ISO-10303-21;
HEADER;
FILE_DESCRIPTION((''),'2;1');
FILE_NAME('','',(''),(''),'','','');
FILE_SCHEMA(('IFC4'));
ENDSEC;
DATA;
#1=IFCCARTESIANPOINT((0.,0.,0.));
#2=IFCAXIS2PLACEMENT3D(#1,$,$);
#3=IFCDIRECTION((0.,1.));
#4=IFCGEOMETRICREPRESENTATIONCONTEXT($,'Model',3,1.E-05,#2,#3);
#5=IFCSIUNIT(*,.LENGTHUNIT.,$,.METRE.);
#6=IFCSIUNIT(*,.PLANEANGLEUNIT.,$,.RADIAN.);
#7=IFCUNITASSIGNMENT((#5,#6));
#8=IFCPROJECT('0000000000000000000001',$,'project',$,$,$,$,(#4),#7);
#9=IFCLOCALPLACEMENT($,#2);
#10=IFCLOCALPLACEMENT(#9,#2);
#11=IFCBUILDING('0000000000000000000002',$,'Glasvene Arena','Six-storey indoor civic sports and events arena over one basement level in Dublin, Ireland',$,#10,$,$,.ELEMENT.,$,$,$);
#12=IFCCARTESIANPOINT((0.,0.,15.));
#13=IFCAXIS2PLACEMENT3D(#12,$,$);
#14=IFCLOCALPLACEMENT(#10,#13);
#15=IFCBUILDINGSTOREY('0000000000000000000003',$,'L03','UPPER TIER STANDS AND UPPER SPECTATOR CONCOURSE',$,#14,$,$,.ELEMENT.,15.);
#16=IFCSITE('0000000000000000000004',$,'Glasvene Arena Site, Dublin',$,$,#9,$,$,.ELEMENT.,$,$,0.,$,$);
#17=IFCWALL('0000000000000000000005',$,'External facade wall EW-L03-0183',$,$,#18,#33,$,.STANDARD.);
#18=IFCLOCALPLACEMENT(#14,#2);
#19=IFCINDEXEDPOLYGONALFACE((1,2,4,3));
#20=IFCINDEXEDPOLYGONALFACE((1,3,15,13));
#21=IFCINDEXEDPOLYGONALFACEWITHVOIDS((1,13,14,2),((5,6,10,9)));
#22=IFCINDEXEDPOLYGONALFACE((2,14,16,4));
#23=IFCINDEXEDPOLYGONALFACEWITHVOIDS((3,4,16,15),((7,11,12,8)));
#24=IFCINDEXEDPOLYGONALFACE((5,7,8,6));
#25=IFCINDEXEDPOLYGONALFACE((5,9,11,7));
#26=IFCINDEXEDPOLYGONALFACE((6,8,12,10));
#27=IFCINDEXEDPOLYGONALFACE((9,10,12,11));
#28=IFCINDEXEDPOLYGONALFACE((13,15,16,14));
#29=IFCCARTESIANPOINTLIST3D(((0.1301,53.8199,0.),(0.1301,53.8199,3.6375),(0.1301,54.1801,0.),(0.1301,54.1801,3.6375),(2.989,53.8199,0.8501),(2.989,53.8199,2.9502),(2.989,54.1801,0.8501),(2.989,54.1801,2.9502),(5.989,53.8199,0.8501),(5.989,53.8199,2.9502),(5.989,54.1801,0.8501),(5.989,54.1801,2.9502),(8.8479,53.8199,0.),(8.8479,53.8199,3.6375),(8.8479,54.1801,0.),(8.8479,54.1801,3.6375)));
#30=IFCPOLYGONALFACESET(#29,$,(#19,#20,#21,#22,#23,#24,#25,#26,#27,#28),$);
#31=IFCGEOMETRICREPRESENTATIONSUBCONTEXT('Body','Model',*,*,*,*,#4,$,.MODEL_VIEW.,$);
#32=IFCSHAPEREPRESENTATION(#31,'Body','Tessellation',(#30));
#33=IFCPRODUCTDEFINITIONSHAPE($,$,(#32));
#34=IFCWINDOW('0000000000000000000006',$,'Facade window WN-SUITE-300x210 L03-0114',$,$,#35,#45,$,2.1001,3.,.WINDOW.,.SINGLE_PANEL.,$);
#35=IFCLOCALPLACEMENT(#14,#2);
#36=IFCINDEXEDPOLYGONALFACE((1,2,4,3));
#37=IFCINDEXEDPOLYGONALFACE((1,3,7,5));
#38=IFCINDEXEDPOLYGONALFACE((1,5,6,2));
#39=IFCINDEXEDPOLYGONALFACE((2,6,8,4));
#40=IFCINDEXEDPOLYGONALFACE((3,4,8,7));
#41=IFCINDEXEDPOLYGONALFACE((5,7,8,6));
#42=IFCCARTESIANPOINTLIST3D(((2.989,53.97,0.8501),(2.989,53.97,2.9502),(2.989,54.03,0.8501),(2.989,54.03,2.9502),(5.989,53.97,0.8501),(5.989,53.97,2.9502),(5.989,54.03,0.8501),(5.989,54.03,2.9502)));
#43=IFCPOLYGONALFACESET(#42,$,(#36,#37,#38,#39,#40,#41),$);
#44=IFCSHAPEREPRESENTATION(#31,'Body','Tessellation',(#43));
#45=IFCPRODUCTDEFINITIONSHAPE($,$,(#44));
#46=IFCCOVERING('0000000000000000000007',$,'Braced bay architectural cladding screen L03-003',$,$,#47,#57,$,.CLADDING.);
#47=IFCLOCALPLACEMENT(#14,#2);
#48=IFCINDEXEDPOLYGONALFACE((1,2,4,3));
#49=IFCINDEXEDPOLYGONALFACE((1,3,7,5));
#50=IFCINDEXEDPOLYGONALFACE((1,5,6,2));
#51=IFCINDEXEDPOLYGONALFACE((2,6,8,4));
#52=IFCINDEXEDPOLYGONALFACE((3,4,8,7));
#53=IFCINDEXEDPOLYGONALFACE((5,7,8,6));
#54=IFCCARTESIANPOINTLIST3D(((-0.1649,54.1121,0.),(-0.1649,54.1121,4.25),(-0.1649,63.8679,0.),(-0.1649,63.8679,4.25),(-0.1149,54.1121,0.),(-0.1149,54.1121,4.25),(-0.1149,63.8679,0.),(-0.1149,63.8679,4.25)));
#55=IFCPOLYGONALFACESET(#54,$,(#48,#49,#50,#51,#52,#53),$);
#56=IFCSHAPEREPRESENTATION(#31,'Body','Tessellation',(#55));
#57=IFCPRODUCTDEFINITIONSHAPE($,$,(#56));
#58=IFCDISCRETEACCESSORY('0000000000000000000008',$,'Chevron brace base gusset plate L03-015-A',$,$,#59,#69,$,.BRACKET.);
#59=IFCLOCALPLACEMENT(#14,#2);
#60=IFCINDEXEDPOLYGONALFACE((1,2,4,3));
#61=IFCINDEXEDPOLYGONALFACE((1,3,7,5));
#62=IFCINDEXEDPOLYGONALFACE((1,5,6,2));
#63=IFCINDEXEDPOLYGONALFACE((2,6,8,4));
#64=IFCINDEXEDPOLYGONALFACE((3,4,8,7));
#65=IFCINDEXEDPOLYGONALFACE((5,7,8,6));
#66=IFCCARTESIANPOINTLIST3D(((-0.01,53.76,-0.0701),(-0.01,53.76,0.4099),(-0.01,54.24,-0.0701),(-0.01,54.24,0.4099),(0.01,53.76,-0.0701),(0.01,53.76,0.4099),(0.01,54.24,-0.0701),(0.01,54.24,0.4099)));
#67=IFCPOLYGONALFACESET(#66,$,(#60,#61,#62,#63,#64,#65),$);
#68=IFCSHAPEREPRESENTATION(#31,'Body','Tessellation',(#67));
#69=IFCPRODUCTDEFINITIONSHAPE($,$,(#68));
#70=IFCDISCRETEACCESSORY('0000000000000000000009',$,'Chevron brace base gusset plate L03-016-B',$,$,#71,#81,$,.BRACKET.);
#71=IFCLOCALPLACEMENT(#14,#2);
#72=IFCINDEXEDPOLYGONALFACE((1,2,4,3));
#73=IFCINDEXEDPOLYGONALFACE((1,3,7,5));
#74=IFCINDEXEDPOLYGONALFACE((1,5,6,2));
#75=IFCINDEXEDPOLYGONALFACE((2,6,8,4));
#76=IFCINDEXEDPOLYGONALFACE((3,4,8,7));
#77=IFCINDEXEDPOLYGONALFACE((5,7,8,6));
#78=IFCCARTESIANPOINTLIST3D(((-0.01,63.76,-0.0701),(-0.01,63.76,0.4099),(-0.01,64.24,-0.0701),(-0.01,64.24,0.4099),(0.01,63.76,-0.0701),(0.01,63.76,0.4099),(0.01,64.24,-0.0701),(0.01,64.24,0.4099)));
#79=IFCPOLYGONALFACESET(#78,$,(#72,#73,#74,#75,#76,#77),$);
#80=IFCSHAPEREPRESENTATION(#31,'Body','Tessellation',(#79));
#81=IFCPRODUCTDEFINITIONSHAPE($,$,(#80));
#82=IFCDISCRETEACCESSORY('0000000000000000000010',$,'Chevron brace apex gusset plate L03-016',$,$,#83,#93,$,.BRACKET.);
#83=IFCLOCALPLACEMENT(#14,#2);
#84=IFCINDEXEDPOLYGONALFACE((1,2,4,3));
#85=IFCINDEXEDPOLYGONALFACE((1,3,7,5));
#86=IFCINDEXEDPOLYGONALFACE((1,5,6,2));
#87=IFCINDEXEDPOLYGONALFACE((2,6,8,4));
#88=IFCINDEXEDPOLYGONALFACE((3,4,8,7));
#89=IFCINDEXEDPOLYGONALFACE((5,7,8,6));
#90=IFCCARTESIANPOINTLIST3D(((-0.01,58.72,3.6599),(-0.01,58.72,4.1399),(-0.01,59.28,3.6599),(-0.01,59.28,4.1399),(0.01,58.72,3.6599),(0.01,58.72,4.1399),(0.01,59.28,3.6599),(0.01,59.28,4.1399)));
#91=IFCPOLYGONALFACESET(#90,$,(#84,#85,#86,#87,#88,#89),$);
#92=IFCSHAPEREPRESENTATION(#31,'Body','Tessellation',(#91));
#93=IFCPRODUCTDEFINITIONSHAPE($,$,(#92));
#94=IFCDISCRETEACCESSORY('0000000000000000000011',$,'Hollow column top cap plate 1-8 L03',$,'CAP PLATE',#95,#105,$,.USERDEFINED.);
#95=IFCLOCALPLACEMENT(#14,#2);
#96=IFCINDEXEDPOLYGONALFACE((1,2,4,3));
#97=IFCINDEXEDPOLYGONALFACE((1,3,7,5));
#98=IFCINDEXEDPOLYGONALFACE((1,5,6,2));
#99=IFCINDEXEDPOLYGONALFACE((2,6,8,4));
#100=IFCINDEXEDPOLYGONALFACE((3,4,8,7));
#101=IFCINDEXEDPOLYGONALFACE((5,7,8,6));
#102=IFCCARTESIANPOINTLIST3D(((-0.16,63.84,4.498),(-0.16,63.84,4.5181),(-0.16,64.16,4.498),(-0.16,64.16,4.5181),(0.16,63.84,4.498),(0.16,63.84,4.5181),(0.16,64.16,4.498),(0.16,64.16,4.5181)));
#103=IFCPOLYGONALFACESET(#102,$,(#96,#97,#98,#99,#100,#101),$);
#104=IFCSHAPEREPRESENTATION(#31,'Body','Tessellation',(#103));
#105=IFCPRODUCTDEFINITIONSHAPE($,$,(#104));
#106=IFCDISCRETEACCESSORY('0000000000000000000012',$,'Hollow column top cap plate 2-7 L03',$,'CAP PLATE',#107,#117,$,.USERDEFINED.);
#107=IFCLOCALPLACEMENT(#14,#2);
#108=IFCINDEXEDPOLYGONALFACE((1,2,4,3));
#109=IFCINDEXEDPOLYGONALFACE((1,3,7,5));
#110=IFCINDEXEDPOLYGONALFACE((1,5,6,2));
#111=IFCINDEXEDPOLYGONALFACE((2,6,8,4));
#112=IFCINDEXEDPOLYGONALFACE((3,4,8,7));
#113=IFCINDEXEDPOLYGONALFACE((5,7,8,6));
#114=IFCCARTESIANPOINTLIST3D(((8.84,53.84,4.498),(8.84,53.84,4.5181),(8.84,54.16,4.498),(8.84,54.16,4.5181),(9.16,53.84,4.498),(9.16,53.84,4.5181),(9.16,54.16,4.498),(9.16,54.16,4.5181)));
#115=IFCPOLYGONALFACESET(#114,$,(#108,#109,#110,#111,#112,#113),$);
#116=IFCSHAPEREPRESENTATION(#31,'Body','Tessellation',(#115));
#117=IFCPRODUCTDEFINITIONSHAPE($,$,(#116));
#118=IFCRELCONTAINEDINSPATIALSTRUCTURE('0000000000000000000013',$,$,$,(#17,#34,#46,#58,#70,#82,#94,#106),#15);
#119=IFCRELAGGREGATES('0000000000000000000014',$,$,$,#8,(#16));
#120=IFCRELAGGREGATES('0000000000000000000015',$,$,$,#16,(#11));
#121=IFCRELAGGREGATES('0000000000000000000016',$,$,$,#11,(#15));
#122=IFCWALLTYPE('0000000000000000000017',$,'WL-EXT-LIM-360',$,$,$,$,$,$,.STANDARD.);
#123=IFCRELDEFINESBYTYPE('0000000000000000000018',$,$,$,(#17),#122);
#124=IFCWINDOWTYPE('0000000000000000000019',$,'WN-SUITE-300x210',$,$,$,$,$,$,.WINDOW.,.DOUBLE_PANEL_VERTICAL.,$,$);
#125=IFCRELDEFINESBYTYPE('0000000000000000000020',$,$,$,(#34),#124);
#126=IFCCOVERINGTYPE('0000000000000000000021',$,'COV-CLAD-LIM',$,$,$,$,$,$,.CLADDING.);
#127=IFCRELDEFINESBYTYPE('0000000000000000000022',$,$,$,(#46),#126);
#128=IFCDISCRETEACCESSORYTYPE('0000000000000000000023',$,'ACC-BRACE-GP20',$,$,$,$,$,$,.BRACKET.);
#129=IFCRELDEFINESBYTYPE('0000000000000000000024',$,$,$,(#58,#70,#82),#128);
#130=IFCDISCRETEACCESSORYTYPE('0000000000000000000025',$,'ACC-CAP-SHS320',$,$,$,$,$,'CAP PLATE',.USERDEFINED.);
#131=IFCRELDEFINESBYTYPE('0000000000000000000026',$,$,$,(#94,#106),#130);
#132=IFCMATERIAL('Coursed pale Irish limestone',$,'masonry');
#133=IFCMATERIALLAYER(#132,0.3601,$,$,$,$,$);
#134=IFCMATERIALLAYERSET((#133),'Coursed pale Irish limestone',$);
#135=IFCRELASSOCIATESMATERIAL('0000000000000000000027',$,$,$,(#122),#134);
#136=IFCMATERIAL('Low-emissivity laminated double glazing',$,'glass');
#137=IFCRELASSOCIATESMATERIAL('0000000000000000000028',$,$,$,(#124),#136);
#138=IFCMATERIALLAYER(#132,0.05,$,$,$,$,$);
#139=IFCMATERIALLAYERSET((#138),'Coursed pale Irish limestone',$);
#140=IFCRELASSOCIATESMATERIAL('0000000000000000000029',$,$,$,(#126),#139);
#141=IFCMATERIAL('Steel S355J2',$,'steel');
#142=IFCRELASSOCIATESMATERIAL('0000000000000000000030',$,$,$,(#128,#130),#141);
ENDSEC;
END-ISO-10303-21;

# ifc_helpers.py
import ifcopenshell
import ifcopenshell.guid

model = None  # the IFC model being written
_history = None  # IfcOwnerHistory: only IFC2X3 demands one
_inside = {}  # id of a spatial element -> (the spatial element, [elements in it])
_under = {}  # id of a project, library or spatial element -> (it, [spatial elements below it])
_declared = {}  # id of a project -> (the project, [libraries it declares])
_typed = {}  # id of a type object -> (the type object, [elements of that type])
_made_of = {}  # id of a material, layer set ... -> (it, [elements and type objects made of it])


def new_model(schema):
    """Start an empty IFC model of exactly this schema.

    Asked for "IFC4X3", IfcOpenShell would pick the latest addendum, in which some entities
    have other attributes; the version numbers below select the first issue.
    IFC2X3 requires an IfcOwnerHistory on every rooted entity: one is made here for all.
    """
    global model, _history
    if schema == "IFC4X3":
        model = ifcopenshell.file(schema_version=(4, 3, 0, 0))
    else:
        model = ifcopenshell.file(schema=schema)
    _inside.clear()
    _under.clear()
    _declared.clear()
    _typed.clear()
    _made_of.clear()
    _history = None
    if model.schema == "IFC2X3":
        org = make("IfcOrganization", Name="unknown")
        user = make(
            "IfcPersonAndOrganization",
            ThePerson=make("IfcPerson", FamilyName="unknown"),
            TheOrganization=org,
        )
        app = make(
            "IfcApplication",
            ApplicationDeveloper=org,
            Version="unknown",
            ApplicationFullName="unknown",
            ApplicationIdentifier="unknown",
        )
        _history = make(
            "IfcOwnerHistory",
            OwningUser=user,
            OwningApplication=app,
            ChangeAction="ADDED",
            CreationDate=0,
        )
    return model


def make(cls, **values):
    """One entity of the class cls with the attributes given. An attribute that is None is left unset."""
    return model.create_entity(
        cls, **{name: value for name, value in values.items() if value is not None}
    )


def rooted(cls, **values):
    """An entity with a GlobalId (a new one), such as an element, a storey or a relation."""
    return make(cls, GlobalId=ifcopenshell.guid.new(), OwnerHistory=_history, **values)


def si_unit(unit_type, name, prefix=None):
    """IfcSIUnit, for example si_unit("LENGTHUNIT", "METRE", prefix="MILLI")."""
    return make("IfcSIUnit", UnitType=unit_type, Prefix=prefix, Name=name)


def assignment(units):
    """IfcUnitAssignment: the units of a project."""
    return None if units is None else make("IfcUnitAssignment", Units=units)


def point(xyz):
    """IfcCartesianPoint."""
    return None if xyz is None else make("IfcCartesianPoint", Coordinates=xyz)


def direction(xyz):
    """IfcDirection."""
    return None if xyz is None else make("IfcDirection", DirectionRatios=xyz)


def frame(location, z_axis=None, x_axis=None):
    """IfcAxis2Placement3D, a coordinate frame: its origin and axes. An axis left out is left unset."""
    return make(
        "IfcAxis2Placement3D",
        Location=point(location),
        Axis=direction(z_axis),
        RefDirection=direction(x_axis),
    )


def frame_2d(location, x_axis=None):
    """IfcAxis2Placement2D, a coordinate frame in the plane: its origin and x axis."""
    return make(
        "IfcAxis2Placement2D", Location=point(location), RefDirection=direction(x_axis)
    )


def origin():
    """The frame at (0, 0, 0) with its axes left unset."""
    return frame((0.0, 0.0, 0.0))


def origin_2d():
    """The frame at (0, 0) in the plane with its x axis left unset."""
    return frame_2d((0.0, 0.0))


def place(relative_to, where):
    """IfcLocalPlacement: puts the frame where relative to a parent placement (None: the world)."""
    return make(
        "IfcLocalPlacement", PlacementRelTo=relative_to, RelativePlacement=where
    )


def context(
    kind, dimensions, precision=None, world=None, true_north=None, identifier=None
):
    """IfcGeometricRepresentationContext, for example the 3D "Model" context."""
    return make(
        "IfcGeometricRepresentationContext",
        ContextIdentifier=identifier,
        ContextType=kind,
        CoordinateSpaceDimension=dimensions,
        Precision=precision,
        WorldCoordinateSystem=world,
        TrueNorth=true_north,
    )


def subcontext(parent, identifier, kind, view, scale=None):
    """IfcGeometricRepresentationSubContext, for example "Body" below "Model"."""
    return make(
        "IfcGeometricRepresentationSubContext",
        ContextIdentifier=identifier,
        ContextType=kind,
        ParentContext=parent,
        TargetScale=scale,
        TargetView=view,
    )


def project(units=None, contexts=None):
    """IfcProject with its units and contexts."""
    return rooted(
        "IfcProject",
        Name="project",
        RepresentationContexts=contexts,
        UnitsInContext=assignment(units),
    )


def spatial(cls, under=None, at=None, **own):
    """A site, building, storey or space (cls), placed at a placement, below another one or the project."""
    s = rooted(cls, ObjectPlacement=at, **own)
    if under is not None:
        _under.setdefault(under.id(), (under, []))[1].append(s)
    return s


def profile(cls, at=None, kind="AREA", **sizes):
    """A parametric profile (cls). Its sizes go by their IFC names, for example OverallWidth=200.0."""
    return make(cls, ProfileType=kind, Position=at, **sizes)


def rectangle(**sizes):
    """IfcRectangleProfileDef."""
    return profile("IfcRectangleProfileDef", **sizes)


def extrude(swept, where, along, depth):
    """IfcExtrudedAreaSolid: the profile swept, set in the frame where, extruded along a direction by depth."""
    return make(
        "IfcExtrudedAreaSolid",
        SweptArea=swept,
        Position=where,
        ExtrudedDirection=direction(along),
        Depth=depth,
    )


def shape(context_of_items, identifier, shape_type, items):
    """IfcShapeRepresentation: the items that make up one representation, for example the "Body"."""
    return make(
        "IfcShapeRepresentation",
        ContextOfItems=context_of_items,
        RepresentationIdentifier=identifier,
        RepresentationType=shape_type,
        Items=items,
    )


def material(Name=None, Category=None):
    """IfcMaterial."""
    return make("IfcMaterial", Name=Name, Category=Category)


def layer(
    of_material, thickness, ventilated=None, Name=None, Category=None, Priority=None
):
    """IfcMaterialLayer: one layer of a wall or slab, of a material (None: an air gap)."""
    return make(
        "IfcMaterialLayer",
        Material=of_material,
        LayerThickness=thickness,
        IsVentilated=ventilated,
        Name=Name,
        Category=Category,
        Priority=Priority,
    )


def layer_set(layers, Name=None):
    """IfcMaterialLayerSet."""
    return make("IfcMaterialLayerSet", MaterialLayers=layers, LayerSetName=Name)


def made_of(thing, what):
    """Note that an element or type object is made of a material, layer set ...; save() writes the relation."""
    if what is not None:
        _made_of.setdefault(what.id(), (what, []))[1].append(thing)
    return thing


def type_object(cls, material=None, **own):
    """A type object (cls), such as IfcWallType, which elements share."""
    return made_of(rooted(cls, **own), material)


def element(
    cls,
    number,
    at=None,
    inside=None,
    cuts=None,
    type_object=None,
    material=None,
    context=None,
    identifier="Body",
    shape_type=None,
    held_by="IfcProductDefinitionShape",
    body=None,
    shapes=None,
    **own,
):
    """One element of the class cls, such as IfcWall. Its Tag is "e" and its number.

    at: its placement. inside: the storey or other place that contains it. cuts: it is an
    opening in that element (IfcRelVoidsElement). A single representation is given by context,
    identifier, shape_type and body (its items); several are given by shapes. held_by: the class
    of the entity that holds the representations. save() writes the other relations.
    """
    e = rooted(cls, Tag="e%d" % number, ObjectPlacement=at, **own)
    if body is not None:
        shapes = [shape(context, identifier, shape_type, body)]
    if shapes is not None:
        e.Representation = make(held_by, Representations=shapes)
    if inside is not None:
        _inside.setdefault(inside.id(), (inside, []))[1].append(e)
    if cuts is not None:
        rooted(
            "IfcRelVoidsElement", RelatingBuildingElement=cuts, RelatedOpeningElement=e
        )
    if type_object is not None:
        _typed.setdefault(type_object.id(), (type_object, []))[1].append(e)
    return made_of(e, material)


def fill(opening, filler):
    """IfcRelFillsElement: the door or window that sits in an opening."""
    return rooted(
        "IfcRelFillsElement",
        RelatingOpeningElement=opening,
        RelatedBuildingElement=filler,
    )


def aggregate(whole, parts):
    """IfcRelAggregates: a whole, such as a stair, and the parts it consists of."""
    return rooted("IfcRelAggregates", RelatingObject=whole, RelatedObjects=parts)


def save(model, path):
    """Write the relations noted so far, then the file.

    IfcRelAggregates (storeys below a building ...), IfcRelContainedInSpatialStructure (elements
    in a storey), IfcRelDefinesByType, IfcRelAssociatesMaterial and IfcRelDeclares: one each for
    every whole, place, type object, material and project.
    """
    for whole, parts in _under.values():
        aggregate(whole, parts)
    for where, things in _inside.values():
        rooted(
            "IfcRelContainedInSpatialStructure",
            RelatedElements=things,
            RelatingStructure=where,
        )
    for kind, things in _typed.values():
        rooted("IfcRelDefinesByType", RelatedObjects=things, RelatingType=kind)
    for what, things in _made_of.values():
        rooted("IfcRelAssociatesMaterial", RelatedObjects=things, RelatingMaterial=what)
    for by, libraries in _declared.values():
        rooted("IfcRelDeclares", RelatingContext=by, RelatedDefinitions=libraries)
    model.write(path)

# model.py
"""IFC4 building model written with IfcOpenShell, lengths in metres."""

from ifc_helpers import new_model, si_unit, direction, frame, frame_2d, origin, origin_2d, place, context, subcontext, project, spatial, rectangle, extrude, material, layer, layer_set, type_object, element, fill, save


model = new_model("IFC4")

# Units and contexts
model_context = context("Model", 3, precision=1e-05, world=origin(), true_north=direction((0.0, 1.0)))
body_context = subcontext(model_context, "Body", "Model", "MODEL_VIEW")
ifc_project = project(units=[si_unit("LENGTHUNIT", "METRE"), si_unit("PLANEANGLEUNIT", "RADIAN")], contexts=[model_context])

# Site, building, storey
site_placement = place(None, origin())
site = spatial("IfcSite", under=ifc_project, at=site_placement, Name="Glasvene Arena Site, Dublin", CompositionType="ELEMENT", RefElevation=0.0)
building_placement = place(site_placement, origin())
building = spatial("IfcBuilding", under=site, at=building_placement, Name="Glasvene Arena", Description="Six-storey indoor civic sports and events arena over one basement level in Dublin, Ireland", CompositionType="ELEMENT")
storey_placement = place(building_placement, frame((0.0, 0.0, 15.0)))
storey = spatial("IfcBuildingStorey", under=building, at=storey_placement, Name="L03", Description="UPPER TIER STANDS AND UPPER SPECTATOR CONCOURSE", CompositionType="ELEMENT", Elevation=15.0)

# Shared definitions
ifc_material_1 = material(Name="Steel S355J2", Category="steel")

# Shared definitions
ifc_material_2 = material(Name="Low-emissivity laminated double glazing", Category="glass")

# Wall, opening, window
ifc_material_3 = material(Name="Coursed pale Irish limestone", Category="masonry")
ifc_layer_1 = layer(ifc_material_3, 0.3601)
ifc_layer_set_1 = layer_set([ifc_layer_1], Name="Coursed pale Irish limestone")
wall_type = type_object("IfcWallType", Name="WL-EXT-LIM-360", PredefinedType="STANDARD", material=ifc_layer_set_1)
wall_placement = place(storey_placement, frame((8.8479, 54.0, 0.0), z_axis=(0.0, 0.0, 1.0), x_axis=(-1.0, 0.0, 0.0)))
wall = element("IfcWall", 1, at=wall_placement, inside=storey, type_object=wall_type, Name="External facade wall EW-L03-0183", PredefinedType="STANDARD", context=body_context, shape_type="SweptSolid", body=[
    extrude(rectangle(XDim=8.7178, YDim=0.3601, at=frame_2d((4.3589, 0.0))), origin(), (0.0, 0.0, 1.0), 3.6375),
])
opening_placement = place(wall_placement, frame((2.8589, 0.0, 0.8501)))
opening = element("IfcOpeningElement", 2, at=opening_placement, cuts=wall, PredefinedType="OPENING", context=body_context, shape_type="SweptSolid", body=[
    extrude(rectangle(XDim=3.0, YDim=2.1001, at=frame_2d((1.5, 1.05))), frame((0.0, 0.1899, 0.0), z_axis=(0.0, -1.0, 0.0), x_axis=(1.0, 0.0, 0.0)), (0.0, 0.0, 1.0), 0.3801),
])
window_type = type_object("IfcWindowType", Name="WN-SUITE-300x210", PartitioningType="DOUBLE_PANEL_VERTICAL", PredefinedType="WINDOW", material=ifc_material_2)
window_placement = place(opening_placement, origin())
window = element("IfcWindow", 3, at=window_placement, inside=storey, type_object=window_type, Name="Facade window WN-SUITE-300x210 L03-0114", OverallHeight=2.1001, OverallWidth=3.0, PartitioningType="SINGLE_PANEL", PredefinedType="WINDOW", context=body_context, shape_type="SweptSolid", body=[
    extrude(rectangle(XDim=3.0, YDim=2.1001, at=frame_2d((1.5, 1.05))), frame((0.0, 0.03, 0.0), z_axis=(0.0, -1.0, 0.0), x_axis=(1.0, 0.0, 0.0)), (0.0, 0.0, 1.0), 0.0601),
])
fill(opening, window)

# Covering
ifc_layer_2 = layer(ifc_material_3, 0.05)
ifc_layer_set_2 = layer_set([ifc_layer_2], Name="Coursed pale Irish limestone")
covering_type = type_object("IfcCoveringType", Name="COV-CLAD-LIM", PredefinedType="CLADDING", material=ifc_layer_set_2)
covering_placement = place(storey_placement, frame((-0.1399, 58.99, 0.0), z_axis=(0.0, 0.0, 1.0), x_axis=(0.0, 1.0, 0.0)))
element("IfcCovering", 4, at=covering_placement, inside=storey, type_object=covering_type, Name="Braced bay architectural cladding screen L03-003", PredefinedType="CLADDING", context=body_context, shape_type="SweptSolid", body=[
    extrude(rectangle(XDim=9.7559, YDim=0.05, at=origin_2d()), origin(), (0.0, 0.0, 1.0), 4.25),
])

# Discrete accessories
discrete_accessory_type_1 = type_object("IfcDiscreteAccessoryType", Name="ACC-BRACE-GP20", PredefinedType="BRACKET", material=ifc_material_1)
for number, where, z_axis, x_axis, name in (
    (5, (0.0, 54.0, -0.0701), (0.0, 0.0, 1.0), (1.0, 0.0, 0.0), "Chevron brace base gusset plate L03-015-A"),
    (6, (0.0, 64.0, -0.0701), (0.0, 0.0, 1.0), (1.0, 0.0, 0.0), "Chevron brace base gusset plate L03-016-B"),
):
    element("IfcDiscreteAccessory", number, at=place(storey_placement, frame(where, z_axis=z_axis, x_axis=x_axis)), inside=storey, type_object=discrete_accessory_type_1, Name=name, PredefinedType="BRACKET", context=body_context, shape_type="SweptSolid", body=[
        extrude(rectangle(XDim=0.02, YDim=0.48, at=origin_2d()), origin(), (0.0, 0.0, 1.0), 0.48),
    ])
discrete_accessory_placement = place(storey_placement, frame((0.0, 59.0, 3.6599), z_axis=(0.0, 0.0, 1.0), x_axis=(1.0, 0.0, 0.0)))
element("IfcDiscreteAccessory", 7, at=discrete_accessory_placement, inside=storey, type_object=discrete_accessory_type_1, Name="Chevron brace apex gusset plate L03-016", PredefinedType="BRACKET", context=body_context, shape_type="SweptSolid", body=[
    extrude(rectangle(XDim=0.02, YDim=0.5601, at=origin_2d()), origin(), (0.0, 0.0, 1.0), 0.48),
])
discrete_accessory_type_2 = type_object("IfcDiscreteAccessoryType", Name="ACC-CAP-SHS320", ElementType="CAP PLATE", PredefinedType="USERDEFINED", material=ifc_material_1)
for number, where, z_axis, x_axis, name in (
    (8, (0.0, 64.0, 4.498), (0.0, 0.0, 1.0), (1.0, 0.0, 0.0), "Hollow column top cap plate 1-8 L03"),
    (9, (9.0, 54.0, 4.498), (0.0, 0.0, 1.0), (1.0, 0.0, 0.0), "Hollow column top cap plate 2-7 L03"),
):
    element("IfcDiscreteAccessory", number, at=place(storey_placement, frame(where, z_axis=z_axis, x_axis=x_axis)), inside=storey, type_object=discrete_accessory_type_2, Name=name, ObjectType="CAP PLATE", PredefinedType="USERDEFINED", context=body_context, shape_type="SweptSolid", body=[
        extrude(rectangle(XDim=0.3201, YDim=0.3201, at=origin_2d()), origin(), (0.0, 0.0, 1.0), 0.02),
    ])

save(model, "model.ifc")
